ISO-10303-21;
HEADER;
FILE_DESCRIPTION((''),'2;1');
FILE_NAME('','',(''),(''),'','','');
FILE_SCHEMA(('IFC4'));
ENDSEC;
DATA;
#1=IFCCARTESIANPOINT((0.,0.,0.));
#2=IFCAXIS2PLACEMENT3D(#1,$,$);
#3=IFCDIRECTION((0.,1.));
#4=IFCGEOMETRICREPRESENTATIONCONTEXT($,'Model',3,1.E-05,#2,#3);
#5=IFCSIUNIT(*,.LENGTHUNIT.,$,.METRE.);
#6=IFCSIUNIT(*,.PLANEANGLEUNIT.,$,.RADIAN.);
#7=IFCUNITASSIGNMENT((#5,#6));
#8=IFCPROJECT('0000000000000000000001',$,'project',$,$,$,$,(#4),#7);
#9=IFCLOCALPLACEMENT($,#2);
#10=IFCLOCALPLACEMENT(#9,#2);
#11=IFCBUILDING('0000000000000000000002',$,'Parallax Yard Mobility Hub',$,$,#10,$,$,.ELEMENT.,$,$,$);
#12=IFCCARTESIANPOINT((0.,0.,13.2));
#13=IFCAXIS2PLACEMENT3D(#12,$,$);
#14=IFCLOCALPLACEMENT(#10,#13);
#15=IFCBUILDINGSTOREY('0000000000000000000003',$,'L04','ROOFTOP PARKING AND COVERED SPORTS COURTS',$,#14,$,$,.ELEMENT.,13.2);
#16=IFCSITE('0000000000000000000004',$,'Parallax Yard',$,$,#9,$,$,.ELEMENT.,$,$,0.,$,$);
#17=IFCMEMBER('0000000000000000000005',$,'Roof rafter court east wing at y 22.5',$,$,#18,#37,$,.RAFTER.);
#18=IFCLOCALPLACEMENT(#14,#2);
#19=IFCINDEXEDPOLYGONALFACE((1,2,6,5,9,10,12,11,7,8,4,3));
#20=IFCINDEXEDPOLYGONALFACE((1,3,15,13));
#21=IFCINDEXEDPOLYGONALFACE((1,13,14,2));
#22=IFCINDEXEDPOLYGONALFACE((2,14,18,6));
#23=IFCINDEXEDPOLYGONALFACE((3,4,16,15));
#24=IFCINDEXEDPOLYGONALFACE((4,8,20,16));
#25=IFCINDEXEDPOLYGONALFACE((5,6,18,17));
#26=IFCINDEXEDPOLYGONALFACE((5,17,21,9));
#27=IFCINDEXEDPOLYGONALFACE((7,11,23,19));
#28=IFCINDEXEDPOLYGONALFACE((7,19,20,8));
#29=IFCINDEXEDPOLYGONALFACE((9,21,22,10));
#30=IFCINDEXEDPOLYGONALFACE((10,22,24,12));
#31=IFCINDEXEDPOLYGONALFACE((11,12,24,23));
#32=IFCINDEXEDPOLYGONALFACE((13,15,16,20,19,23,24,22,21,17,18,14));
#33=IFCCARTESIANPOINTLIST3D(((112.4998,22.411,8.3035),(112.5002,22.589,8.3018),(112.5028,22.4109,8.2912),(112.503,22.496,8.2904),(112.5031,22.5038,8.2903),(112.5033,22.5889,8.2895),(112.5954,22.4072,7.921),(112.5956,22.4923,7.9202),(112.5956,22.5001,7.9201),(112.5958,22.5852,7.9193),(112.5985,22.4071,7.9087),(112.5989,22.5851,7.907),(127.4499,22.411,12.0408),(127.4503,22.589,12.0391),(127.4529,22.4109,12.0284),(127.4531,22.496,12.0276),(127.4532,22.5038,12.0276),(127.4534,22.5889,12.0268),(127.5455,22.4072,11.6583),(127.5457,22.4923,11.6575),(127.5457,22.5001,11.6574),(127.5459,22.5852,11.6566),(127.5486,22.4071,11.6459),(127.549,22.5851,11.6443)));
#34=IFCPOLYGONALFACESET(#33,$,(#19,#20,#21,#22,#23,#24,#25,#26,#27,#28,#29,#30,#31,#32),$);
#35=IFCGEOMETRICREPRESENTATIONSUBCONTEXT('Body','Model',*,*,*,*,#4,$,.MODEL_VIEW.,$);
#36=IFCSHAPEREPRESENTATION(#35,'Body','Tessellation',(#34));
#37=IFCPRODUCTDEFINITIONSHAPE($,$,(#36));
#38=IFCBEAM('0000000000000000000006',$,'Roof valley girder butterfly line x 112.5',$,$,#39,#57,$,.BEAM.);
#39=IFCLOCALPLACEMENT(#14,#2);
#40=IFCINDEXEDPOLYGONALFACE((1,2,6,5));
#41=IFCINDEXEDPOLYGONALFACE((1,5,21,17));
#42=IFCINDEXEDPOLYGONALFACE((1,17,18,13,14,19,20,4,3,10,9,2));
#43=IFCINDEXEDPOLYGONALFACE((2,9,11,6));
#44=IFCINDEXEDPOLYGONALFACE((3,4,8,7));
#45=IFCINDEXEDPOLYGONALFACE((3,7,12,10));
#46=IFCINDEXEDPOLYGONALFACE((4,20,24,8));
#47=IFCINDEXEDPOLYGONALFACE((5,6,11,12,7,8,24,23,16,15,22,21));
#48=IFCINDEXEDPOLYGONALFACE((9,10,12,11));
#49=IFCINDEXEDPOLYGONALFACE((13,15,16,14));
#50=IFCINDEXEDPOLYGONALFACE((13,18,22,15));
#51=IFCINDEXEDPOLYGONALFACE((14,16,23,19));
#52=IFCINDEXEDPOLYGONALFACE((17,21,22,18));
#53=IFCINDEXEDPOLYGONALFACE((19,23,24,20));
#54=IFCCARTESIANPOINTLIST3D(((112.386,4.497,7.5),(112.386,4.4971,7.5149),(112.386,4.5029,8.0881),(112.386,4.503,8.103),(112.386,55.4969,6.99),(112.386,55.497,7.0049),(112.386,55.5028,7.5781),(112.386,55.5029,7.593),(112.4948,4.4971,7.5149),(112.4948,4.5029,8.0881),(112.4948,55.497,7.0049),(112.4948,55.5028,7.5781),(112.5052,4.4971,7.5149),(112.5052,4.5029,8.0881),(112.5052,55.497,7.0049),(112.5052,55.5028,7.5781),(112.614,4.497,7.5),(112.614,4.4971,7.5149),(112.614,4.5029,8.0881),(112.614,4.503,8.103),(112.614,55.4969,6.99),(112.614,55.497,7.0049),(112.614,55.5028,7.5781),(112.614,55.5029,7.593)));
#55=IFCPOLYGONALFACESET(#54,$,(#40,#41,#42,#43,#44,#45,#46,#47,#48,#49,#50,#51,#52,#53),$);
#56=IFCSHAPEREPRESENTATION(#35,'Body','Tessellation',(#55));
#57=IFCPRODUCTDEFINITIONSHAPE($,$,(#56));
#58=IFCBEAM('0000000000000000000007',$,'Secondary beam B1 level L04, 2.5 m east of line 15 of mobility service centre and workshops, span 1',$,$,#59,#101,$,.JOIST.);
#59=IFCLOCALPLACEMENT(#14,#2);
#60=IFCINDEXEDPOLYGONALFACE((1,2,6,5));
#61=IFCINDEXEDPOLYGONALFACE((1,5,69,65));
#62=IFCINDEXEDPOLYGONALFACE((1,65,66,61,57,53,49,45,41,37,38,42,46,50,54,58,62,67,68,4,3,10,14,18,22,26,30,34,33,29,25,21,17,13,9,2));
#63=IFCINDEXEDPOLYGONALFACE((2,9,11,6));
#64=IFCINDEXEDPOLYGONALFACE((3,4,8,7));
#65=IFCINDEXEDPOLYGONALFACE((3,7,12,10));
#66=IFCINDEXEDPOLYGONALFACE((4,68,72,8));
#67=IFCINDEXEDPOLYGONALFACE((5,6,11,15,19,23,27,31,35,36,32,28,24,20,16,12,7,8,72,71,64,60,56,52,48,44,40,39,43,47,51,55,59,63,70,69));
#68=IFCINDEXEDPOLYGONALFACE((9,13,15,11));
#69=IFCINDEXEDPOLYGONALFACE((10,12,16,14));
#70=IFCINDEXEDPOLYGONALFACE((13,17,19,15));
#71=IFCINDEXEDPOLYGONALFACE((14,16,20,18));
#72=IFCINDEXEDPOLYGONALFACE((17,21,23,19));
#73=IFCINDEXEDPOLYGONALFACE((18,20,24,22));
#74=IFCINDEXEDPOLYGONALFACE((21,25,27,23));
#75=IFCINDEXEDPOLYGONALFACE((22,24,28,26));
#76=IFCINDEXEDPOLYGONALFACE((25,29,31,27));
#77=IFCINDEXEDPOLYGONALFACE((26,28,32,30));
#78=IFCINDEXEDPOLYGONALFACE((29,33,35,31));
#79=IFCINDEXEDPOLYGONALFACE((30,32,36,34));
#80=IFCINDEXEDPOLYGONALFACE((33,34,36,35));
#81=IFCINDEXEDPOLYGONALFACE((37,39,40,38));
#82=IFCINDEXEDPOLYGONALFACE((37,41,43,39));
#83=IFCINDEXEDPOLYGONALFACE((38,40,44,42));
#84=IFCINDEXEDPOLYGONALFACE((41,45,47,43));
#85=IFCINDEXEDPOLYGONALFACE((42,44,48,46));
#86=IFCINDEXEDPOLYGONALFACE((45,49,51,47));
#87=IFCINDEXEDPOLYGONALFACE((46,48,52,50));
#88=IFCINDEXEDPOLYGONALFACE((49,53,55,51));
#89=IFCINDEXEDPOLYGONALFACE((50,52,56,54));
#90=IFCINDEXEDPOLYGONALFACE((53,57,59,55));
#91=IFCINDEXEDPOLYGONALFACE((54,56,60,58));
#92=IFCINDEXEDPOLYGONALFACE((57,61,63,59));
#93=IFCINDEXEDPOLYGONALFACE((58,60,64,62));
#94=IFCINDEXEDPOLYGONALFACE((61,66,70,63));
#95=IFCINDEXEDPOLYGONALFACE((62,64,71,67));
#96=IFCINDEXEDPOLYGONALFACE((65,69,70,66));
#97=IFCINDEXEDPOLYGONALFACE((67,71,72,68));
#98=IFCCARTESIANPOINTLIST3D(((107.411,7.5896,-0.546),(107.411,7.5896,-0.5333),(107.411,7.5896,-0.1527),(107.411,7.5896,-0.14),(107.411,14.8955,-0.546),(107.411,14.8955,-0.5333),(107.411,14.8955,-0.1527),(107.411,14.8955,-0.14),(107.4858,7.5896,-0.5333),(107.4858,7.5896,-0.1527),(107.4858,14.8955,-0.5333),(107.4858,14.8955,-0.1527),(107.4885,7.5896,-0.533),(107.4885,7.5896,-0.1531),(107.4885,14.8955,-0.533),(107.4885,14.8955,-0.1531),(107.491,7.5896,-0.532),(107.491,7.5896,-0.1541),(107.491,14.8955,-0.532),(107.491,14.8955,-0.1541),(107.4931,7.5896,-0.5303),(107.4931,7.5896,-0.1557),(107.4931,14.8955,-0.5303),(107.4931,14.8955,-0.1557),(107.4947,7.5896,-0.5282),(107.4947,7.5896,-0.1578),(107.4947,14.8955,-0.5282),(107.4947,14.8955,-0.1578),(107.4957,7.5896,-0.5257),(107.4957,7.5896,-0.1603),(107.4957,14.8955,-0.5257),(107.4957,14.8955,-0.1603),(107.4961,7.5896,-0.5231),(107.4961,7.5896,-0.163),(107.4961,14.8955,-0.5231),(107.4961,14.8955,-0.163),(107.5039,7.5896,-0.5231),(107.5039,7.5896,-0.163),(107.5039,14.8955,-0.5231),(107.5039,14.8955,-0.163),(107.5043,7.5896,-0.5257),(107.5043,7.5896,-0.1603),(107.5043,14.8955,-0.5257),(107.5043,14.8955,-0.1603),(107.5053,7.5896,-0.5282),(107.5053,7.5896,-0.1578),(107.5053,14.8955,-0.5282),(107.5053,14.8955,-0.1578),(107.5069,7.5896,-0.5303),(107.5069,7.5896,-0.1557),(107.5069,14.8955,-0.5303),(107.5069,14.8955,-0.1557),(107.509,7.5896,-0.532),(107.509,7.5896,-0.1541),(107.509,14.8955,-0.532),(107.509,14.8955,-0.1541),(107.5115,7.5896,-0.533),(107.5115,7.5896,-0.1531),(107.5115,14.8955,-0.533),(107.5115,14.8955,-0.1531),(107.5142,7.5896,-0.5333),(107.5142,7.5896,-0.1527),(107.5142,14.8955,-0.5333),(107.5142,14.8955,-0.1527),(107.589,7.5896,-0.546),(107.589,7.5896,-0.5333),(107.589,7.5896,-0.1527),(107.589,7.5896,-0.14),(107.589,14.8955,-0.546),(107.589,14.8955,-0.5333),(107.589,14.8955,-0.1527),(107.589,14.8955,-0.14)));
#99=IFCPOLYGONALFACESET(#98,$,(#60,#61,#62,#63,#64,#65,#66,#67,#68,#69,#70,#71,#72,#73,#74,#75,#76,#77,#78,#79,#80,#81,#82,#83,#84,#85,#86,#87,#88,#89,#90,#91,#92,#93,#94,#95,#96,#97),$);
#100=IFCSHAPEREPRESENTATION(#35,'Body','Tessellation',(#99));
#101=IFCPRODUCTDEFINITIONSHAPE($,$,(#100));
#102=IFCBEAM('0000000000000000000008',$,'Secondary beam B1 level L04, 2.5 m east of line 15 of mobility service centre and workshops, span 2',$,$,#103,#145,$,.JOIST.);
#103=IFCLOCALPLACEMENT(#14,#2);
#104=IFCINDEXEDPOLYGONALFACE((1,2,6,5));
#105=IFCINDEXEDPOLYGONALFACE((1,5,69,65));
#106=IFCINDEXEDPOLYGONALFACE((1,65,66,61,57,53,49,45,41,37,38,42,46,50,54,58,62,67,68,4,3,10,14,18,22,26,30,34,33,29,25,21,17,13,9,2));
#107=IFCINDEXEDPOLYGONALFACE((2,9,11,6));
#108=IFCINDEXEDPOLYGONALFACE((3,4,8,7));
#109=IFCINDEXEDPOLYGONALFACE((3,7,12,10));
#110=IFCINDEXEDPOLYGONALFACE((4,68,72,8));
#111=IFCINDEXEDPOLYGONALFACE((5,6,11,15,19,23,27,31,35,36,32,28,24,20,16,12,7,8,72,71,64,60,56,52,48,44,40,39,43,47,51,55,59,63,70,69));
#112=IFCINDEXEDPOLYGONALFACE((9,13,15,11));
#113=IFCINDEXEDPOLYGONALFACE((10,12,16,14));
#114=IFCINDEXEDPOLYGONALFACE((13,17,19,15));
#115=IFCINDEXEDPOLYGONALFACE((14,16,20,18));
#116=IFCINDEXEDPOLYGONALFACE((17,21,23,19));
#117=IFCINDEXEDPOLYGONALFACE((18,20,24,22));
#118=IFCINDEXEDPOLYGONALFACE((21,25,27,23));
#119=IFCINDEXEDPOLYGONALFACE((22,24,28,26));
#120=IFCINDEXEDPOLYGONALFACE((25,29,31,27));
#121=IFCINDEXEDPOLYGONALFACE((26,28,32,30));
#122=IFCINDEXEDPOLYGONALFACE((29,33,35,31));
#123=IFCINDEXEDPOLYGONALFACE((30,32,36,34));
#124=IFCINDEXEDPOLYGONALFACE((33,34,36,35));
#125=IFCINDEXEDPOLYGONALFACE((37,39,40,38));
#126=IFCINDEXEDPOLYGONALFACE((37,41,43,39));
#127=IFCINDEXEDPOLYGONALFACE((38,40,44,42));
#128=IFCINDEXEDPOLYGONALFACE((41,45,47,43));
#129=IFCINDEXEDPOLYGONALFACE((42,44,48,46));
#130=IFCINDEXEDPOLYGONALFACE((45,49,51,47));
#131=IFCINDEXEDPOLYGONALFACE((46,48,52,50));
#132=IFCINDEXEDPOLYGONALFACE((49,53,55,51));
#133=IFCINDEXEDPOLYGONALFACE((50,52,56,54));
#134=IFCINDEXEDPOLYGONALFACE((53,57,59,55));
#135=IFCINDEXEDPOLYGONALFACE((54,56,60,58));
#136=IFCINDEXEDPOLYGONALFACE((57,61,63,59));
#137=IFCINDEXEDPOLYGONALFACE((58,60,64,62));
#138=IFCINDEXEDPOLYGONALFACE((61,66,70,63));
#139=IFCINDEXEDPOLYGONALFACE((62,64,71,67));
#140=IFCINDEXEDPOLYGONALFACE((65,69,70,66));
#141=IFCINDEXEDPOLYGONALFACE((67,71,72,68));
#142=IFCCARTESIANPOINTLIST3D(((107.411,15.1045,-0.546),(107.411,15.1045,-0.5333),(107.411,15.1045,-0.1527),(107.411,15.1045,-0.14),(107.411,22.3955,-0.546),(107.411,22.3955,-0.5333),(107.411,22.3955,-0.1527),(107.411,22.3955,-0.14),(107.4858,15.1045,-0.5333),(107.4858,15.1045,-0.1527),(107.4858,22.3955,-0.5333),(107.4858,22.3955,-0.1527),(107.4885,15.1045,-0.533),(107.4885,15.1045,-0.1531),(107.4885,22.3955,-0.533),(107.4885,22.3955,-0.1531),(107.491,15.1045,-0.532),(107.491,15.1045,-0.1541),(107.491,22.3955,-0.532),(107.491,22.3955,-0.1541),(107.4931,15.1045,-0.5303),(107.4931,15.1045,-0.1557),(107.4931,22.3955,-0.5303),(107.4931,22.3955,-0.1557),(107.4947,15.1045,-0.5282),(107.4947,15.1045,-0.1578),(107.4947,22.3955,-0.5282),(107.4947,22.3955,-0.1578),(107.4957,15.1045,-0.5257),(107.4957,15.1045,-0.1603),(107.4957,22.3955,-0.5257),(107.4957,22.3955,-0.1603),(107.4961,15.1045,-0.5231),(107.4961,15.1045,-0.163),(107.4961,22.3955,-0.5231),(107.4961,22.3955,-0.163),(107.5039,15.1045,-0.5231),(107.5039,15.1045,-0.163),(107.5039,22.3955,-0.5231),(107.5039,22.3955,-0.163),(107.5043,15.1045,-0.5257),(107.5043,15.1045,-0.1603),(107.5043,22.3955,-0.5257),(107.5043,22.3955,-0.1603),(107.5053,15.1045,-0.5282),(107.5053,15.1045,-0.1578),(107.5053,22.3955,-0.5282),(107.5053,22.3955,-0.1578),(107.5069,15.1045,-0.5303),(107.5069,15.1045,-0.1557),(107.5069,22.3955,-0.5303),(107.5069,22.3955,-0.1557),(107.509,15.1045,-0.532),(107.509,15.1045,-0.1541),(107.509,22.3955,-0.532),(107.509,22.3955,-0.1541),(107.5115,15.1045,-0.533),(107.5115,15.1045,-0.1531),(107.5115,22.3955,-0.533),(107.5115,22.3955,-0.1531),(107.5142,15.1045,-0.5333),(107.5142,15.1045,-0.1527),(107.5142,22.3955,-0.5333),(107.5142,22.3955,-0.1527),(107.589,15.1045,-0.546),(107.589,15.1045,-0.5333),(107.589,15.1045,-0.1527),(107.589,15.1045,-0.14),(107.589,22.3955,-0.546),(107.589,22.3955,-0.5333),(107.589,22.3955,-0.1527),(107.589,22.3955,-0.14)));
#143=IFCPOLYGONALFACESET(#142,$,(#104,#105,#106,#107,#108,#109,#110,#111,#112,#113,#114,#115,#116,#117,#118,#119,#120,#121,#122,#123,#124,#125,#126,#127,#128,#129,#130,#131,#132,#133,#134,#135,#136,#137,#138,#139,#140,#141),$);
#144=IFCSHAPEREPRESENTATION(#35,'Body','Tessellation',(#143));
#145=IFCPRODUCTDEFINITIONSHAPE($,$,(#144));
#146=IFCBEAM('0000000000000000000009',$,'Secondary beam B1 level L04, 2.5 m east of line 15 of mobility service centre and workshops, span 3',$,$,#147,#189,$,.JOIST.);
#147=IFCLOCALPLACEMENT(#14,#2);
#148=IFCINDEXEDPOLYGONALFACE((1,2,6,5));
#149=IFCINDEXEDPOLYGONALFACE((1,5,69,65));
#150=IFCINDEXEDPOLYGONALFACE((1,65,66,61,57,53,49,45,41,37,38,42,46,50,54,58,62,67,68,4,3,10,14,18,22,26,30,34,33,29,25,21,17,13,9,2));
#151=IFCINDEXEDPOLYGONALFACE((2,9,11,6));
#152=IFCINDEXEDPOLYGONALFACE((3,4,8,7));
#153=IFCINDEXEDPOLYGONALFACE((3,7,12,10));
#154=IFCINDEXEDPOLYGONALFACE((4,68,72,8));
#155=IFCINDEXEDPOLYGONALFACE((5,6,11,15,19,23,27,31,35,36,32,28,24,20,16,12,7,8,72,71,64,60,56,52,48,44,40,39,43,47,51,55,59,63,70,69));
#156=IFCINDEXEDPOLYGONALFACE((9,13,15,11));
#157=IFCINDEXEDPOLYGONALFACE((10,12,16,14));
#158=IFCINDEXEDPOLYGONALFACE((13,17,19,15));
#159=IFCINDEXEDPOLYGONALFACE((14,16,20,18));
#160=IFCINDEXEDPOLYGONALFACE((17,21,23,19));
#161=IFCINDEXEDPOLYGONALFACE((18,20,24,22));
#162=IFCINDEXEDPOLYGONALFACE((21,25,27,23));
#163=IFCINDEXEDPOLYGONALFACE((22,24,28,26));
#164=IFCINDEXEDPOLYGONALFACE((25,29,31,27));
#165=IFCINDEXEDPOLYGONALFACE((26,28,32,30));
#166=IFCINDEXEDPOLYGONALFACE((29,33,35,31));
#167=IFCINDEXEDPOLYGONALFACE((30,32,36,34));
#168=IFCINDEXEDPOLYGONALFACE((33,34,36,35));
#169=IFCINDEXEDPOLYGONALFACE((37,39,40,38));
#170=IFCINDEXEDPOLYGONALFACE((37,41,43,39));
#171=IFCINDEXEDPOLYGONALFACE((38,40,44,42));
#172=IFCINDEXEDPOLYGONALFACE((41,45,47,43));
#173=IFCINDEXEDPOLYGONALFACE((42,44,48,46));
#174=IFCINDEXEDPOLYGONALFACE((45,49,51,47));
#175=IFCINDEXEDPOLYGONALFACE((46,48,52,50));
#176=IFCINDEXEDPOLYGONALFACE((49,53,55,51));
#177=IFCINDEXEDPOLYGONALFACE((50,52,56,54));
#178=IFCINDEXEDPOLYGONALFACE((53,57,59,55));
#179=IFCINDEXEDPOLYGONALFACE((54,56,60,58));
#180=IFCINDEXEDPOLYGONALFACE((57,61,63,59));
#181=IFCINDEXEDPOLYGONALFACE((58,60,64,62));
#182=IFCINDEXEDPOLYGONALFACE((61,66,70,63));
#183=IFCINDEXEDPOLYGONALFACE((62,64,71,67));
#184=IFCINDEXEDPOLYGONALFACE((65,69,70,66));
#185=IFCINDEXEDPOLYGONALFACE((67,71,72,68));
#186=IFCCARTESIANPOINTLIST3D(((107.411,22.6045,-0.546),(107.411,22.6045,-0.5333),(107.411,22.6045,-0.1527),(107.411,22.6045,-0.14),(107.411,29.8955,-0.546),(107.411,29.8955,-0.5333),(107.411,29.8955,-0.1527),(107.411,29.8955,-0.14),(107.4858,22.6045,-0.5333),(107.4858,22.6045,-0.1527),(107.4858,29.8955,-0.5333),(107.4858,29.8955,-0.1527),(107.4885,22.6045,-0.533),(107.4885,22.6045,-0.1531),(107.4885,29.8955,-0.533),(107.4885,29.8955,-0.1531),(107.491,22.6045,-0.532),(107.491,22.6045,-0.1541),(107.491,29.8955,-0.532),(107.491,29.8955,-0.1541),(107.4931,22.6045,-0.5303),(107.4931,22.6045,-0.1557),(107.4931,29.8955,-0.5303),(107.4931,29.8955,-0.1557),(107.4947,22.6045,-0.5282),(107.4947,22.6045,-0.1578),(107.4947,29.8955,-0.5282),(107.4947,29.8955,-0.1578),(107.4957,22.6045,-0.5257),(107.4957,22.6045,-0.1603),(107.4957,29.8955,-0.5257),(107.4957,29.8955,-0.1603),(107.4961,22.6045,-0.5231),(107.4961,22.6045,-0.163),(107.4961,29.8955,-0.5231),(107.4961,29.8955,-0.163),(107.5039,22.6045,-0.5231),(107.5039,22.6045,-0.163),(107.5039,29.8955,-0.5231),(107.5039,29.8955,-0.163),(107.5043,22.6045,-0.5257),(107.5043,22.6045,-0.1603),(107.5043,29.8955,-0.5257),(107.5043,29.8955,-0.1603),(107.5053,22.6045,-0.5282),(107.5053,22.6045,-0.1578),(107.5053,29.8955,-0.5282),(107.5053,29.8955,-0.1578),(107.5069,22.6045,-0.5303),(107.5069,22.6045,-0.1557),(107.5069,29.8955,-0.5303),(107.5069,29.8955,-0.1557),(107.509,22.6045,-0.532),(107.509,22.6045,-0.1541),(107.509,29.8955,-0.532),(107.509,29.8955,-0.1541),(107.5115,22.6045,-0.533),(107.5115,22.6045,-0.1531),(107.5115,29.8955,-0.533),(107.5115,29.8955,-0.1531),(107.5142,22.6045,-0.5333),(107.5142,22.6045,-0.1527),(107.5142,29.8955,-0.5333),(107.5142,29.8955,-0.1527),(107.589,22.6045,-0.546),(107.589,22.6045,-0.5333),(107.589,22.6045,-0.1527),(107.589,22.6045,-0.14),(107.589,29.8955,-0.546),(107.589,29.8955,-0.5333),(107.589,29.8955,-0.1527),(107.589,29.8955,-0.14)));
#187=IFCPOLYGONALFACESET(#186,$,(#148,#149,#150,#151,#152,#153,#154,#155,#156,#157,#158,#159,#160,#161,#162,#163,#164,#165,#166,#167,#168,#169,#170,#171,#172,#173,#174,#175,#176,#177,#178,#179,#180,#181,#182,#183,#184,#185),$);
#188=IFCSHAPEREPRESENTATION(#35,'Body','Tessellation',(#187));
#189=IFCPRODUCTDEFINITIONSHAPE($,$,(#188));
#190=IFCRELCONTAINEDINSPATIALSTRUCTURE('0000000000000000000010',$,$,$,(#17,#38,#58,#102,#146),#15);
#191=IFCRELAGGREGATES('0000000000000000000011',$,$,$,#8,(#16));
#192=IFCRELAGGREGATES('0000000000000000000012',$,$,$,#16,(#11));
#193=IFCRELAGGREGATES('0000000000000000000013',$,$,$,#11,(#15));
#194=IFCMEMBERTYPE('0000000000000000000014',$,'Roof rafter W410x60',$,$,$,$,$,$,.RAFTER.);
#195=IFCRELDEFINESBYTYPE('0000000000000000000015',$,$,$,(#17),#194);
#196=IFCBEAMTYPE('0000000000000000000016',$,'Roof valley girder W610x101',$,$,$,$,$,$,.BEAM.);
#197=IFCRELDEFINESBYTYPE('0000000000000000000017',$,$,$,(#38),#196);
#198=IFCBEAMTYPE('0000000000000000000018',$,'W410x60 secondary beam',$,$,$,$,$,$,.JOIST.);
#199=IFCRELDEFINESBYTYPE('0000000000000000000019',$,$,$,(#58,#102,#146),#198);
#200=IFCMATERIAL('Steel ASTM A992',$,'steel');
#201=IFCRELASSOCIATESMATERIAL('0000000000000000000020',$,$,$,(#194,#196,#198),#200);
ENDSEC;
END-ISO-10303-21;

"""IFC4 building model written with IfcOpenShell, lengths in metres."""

from ifc_helpers import new_model, si_unit, direction, frame, origin, origin_2d, place, context, subcontext, project, spatial, i_section, extrude, material, material_profile, profile_set, type_object, element, save


model = new_model("IFC4")

# Units and contexts
model_context = context("Model", 3, precision=1e-05, world=origin(), true_north=direction((0.0, 1.0)))
body_context = subcontext(model_context, "Body", "Model", "MODEL_VIEW")
ifc_project = project(units=[si_unit("LENGTHUNIT", "METRE"), si_unit("PLANEANGLEUNIT", "RADIAN")], contexts=[model_context])

# Site, building, storey
site_placement = place(None, origin())
site = spatial("IfcSite", under=ifc_project, at=site_placement, Name="Parallax Yard", CompositionType="ELEMENT", RefElevation=0.0)
building_placement = place(site_placement, origin())
building = spatial("IfcBuilding", under=site, at=building_placement, Name="Parallax Yard Mobility Hub", CompositionType="ELEMENT")
storey_placement = place(building_placement, frame((0.0, 0.0, 13.2)))
storey = spatial("IfcBuildingStorey", under=building, at=storey_placement, Name="L04", Description="ROOFTOP PARKING AND COVERED SPORTS COURTS", CompositionType="ELEMENT", Elevation=13.2)

# Shared definitions
ifc_material_1 = material(Name="Steel ASTM A992", Category="steel")

# Member
ifc_material_profile_1 = material_profile(ifc_material_1, i_section(OverallWidth=0.178, OverallDepth=0.407, WebThickness=0.0078, FlangeThickness=0.0127, at=origin_2d()), Name="W410x60")
ifc_profile_set_1 = profile_set([ifc_material_profile_1], Name="Steel ASTM A992")
member_type_1 = type_object("IfcMemberType", Name="Roof rafter W410x60", PredefinedType="RAFTER", material=ifc_profile_set_1)
member_1_placement = place(storey_placement, frame((112.5493, 22.498, 8.1052), z_axis=(0.970146, 0.0, 0.242521), x_axis=(0.002353, 0.999953, -0.009411)))
element("IfcMember", 1, at=member_1_placement, inside=storey, type_object=member_type_1, Name="Roof rafter court east wing at y 22.5", PredefinedType="RAFTER", context=body_context, shape_type="SweptSolid", body=[
    extrude(i_section(OverallWidth=0.178, OverallDepth=0.407, WebThickness=0.0078, FlangeThickness=0.0127, at=origin_2d()), origin(), (0.0, 0.0, 1.0), 15.4102),
])

# Beams
ifc_material_profile_2 = material_profile(ifc_material_1, i_section(OverallWidth=0.228, OverallDepth=0.603, WebThickness=0.0105, FlangeThickness=0.0149, at=origin_2d()), Name="W610x101")
ifc_profile_set_2 = profile_set([ifc_material_profile_2], Name="Steel ASTM A992")
beam_type_1 = type_object("IfcBeamType", Name="Roof valley girder W610x101", PredefinedType="BEAM", material=ifc_profile_set_2)
beam_1_placement = place(storey_placement, frame((112.5, 4.5, 7.8015), z_axis=(0.0, 0.99995, -0.01), x_axis=(-1.0, 0.0, 0.0)))
element("IfcBeam", 2, at=beam_1_placement, inside=storey, type_object=beam_type_1, Name="Roof valley girder butterfly line x 112.5", PredefinedType="BEAM", context=body_context, shape_type="SweptSolid", body=[
    extrude(i_section(OverallWidth=0.228, OverallDepth=0.603, WebThickness=0.0105, FlangeThickness=0.0149, at=origin_2d()), origin(), (0.0, 0.0, 1.0), 51.0024),
])
ifc_material_profile_3 = material_profile(ifc_material_1, i_section(OverallWidth=0.178, OverallDepth=0.406, WebThickness=0.0078, FlangeThickness=0.0127, FilletRadius=0.0103, at=origin_2d()), Name="W410x60")
ifc_profile_set_3 = profile_set([ifc_material_profile_3], Name="Steel ASTM A992")
beam_type_2 = type_object("IfcBeamType", Name="W410x60 secondary beam", PredefinedType="JOIST", material=ifc_profile_set_3)
beam_2_placement = place(storey_placement, frame((107.5, 7.5896, -0.343), z_axis=(0.0, 1.0, 0.0), x_axis=(-1.0, 0.0, 0.0)))
element("IfcBeam", 3, at=beam_2_placement, inside=storey, type_object=beam_type_2, Name="Secondary beam B1 level L04, 2.5 m east of line 15 of mobility service centre and workshops, span 1", PredefinedType="JOIST", context=body_context, shape_type="SweptSolid", body=[
    extrude(i_section(OverallWidth=0.178, OverallDepth=0.406, WebThickness=0.0078, FlangeThickness=0.0127, FilletRadius=0.0103, at=origin_2d()), origin(), (0.0, 0.0, 1.0), 7.3059),
])
for number, where, z_axis, x_axis, name in (
    (4, (107.5, 15.1045, -0.343), (0.0, 1.0, 0.0), (-1.0, 0.0, 0.0), "Secondary beam B1 level L04, 2.5 m east of line 15 of mobility service centre and workshops, span 2"),
    (5, (107.5, 22.6045, -0.343), (0.0, 1.0, 0.0), (-1.0, 0.0, 0.0), "Secondary beam B1 level L04, 2.5 m east of line 15 of mobility service centre and workshops, span 3"),
):
    element("IfcBeam", number, at=place(storey_placement, frame(where, z_axis=z_axis, x_axis=x_axis)), inside=storey, type_object=beam_type_2, Name=name, PredefinedType="JOIST", context=body_context, shape_type="SweptSolid", body=[
        extrude(i_section(OverallWidth=0.178, OverallDepth=0.406, WebThickness=0.0078, FlangeThickness=0.0127, FilletRadius=0.0103, at=origin_2d()), origin(), (0.0, 0.0, 1.0), 7.291),
    ])

save(model, "model.ifc")
